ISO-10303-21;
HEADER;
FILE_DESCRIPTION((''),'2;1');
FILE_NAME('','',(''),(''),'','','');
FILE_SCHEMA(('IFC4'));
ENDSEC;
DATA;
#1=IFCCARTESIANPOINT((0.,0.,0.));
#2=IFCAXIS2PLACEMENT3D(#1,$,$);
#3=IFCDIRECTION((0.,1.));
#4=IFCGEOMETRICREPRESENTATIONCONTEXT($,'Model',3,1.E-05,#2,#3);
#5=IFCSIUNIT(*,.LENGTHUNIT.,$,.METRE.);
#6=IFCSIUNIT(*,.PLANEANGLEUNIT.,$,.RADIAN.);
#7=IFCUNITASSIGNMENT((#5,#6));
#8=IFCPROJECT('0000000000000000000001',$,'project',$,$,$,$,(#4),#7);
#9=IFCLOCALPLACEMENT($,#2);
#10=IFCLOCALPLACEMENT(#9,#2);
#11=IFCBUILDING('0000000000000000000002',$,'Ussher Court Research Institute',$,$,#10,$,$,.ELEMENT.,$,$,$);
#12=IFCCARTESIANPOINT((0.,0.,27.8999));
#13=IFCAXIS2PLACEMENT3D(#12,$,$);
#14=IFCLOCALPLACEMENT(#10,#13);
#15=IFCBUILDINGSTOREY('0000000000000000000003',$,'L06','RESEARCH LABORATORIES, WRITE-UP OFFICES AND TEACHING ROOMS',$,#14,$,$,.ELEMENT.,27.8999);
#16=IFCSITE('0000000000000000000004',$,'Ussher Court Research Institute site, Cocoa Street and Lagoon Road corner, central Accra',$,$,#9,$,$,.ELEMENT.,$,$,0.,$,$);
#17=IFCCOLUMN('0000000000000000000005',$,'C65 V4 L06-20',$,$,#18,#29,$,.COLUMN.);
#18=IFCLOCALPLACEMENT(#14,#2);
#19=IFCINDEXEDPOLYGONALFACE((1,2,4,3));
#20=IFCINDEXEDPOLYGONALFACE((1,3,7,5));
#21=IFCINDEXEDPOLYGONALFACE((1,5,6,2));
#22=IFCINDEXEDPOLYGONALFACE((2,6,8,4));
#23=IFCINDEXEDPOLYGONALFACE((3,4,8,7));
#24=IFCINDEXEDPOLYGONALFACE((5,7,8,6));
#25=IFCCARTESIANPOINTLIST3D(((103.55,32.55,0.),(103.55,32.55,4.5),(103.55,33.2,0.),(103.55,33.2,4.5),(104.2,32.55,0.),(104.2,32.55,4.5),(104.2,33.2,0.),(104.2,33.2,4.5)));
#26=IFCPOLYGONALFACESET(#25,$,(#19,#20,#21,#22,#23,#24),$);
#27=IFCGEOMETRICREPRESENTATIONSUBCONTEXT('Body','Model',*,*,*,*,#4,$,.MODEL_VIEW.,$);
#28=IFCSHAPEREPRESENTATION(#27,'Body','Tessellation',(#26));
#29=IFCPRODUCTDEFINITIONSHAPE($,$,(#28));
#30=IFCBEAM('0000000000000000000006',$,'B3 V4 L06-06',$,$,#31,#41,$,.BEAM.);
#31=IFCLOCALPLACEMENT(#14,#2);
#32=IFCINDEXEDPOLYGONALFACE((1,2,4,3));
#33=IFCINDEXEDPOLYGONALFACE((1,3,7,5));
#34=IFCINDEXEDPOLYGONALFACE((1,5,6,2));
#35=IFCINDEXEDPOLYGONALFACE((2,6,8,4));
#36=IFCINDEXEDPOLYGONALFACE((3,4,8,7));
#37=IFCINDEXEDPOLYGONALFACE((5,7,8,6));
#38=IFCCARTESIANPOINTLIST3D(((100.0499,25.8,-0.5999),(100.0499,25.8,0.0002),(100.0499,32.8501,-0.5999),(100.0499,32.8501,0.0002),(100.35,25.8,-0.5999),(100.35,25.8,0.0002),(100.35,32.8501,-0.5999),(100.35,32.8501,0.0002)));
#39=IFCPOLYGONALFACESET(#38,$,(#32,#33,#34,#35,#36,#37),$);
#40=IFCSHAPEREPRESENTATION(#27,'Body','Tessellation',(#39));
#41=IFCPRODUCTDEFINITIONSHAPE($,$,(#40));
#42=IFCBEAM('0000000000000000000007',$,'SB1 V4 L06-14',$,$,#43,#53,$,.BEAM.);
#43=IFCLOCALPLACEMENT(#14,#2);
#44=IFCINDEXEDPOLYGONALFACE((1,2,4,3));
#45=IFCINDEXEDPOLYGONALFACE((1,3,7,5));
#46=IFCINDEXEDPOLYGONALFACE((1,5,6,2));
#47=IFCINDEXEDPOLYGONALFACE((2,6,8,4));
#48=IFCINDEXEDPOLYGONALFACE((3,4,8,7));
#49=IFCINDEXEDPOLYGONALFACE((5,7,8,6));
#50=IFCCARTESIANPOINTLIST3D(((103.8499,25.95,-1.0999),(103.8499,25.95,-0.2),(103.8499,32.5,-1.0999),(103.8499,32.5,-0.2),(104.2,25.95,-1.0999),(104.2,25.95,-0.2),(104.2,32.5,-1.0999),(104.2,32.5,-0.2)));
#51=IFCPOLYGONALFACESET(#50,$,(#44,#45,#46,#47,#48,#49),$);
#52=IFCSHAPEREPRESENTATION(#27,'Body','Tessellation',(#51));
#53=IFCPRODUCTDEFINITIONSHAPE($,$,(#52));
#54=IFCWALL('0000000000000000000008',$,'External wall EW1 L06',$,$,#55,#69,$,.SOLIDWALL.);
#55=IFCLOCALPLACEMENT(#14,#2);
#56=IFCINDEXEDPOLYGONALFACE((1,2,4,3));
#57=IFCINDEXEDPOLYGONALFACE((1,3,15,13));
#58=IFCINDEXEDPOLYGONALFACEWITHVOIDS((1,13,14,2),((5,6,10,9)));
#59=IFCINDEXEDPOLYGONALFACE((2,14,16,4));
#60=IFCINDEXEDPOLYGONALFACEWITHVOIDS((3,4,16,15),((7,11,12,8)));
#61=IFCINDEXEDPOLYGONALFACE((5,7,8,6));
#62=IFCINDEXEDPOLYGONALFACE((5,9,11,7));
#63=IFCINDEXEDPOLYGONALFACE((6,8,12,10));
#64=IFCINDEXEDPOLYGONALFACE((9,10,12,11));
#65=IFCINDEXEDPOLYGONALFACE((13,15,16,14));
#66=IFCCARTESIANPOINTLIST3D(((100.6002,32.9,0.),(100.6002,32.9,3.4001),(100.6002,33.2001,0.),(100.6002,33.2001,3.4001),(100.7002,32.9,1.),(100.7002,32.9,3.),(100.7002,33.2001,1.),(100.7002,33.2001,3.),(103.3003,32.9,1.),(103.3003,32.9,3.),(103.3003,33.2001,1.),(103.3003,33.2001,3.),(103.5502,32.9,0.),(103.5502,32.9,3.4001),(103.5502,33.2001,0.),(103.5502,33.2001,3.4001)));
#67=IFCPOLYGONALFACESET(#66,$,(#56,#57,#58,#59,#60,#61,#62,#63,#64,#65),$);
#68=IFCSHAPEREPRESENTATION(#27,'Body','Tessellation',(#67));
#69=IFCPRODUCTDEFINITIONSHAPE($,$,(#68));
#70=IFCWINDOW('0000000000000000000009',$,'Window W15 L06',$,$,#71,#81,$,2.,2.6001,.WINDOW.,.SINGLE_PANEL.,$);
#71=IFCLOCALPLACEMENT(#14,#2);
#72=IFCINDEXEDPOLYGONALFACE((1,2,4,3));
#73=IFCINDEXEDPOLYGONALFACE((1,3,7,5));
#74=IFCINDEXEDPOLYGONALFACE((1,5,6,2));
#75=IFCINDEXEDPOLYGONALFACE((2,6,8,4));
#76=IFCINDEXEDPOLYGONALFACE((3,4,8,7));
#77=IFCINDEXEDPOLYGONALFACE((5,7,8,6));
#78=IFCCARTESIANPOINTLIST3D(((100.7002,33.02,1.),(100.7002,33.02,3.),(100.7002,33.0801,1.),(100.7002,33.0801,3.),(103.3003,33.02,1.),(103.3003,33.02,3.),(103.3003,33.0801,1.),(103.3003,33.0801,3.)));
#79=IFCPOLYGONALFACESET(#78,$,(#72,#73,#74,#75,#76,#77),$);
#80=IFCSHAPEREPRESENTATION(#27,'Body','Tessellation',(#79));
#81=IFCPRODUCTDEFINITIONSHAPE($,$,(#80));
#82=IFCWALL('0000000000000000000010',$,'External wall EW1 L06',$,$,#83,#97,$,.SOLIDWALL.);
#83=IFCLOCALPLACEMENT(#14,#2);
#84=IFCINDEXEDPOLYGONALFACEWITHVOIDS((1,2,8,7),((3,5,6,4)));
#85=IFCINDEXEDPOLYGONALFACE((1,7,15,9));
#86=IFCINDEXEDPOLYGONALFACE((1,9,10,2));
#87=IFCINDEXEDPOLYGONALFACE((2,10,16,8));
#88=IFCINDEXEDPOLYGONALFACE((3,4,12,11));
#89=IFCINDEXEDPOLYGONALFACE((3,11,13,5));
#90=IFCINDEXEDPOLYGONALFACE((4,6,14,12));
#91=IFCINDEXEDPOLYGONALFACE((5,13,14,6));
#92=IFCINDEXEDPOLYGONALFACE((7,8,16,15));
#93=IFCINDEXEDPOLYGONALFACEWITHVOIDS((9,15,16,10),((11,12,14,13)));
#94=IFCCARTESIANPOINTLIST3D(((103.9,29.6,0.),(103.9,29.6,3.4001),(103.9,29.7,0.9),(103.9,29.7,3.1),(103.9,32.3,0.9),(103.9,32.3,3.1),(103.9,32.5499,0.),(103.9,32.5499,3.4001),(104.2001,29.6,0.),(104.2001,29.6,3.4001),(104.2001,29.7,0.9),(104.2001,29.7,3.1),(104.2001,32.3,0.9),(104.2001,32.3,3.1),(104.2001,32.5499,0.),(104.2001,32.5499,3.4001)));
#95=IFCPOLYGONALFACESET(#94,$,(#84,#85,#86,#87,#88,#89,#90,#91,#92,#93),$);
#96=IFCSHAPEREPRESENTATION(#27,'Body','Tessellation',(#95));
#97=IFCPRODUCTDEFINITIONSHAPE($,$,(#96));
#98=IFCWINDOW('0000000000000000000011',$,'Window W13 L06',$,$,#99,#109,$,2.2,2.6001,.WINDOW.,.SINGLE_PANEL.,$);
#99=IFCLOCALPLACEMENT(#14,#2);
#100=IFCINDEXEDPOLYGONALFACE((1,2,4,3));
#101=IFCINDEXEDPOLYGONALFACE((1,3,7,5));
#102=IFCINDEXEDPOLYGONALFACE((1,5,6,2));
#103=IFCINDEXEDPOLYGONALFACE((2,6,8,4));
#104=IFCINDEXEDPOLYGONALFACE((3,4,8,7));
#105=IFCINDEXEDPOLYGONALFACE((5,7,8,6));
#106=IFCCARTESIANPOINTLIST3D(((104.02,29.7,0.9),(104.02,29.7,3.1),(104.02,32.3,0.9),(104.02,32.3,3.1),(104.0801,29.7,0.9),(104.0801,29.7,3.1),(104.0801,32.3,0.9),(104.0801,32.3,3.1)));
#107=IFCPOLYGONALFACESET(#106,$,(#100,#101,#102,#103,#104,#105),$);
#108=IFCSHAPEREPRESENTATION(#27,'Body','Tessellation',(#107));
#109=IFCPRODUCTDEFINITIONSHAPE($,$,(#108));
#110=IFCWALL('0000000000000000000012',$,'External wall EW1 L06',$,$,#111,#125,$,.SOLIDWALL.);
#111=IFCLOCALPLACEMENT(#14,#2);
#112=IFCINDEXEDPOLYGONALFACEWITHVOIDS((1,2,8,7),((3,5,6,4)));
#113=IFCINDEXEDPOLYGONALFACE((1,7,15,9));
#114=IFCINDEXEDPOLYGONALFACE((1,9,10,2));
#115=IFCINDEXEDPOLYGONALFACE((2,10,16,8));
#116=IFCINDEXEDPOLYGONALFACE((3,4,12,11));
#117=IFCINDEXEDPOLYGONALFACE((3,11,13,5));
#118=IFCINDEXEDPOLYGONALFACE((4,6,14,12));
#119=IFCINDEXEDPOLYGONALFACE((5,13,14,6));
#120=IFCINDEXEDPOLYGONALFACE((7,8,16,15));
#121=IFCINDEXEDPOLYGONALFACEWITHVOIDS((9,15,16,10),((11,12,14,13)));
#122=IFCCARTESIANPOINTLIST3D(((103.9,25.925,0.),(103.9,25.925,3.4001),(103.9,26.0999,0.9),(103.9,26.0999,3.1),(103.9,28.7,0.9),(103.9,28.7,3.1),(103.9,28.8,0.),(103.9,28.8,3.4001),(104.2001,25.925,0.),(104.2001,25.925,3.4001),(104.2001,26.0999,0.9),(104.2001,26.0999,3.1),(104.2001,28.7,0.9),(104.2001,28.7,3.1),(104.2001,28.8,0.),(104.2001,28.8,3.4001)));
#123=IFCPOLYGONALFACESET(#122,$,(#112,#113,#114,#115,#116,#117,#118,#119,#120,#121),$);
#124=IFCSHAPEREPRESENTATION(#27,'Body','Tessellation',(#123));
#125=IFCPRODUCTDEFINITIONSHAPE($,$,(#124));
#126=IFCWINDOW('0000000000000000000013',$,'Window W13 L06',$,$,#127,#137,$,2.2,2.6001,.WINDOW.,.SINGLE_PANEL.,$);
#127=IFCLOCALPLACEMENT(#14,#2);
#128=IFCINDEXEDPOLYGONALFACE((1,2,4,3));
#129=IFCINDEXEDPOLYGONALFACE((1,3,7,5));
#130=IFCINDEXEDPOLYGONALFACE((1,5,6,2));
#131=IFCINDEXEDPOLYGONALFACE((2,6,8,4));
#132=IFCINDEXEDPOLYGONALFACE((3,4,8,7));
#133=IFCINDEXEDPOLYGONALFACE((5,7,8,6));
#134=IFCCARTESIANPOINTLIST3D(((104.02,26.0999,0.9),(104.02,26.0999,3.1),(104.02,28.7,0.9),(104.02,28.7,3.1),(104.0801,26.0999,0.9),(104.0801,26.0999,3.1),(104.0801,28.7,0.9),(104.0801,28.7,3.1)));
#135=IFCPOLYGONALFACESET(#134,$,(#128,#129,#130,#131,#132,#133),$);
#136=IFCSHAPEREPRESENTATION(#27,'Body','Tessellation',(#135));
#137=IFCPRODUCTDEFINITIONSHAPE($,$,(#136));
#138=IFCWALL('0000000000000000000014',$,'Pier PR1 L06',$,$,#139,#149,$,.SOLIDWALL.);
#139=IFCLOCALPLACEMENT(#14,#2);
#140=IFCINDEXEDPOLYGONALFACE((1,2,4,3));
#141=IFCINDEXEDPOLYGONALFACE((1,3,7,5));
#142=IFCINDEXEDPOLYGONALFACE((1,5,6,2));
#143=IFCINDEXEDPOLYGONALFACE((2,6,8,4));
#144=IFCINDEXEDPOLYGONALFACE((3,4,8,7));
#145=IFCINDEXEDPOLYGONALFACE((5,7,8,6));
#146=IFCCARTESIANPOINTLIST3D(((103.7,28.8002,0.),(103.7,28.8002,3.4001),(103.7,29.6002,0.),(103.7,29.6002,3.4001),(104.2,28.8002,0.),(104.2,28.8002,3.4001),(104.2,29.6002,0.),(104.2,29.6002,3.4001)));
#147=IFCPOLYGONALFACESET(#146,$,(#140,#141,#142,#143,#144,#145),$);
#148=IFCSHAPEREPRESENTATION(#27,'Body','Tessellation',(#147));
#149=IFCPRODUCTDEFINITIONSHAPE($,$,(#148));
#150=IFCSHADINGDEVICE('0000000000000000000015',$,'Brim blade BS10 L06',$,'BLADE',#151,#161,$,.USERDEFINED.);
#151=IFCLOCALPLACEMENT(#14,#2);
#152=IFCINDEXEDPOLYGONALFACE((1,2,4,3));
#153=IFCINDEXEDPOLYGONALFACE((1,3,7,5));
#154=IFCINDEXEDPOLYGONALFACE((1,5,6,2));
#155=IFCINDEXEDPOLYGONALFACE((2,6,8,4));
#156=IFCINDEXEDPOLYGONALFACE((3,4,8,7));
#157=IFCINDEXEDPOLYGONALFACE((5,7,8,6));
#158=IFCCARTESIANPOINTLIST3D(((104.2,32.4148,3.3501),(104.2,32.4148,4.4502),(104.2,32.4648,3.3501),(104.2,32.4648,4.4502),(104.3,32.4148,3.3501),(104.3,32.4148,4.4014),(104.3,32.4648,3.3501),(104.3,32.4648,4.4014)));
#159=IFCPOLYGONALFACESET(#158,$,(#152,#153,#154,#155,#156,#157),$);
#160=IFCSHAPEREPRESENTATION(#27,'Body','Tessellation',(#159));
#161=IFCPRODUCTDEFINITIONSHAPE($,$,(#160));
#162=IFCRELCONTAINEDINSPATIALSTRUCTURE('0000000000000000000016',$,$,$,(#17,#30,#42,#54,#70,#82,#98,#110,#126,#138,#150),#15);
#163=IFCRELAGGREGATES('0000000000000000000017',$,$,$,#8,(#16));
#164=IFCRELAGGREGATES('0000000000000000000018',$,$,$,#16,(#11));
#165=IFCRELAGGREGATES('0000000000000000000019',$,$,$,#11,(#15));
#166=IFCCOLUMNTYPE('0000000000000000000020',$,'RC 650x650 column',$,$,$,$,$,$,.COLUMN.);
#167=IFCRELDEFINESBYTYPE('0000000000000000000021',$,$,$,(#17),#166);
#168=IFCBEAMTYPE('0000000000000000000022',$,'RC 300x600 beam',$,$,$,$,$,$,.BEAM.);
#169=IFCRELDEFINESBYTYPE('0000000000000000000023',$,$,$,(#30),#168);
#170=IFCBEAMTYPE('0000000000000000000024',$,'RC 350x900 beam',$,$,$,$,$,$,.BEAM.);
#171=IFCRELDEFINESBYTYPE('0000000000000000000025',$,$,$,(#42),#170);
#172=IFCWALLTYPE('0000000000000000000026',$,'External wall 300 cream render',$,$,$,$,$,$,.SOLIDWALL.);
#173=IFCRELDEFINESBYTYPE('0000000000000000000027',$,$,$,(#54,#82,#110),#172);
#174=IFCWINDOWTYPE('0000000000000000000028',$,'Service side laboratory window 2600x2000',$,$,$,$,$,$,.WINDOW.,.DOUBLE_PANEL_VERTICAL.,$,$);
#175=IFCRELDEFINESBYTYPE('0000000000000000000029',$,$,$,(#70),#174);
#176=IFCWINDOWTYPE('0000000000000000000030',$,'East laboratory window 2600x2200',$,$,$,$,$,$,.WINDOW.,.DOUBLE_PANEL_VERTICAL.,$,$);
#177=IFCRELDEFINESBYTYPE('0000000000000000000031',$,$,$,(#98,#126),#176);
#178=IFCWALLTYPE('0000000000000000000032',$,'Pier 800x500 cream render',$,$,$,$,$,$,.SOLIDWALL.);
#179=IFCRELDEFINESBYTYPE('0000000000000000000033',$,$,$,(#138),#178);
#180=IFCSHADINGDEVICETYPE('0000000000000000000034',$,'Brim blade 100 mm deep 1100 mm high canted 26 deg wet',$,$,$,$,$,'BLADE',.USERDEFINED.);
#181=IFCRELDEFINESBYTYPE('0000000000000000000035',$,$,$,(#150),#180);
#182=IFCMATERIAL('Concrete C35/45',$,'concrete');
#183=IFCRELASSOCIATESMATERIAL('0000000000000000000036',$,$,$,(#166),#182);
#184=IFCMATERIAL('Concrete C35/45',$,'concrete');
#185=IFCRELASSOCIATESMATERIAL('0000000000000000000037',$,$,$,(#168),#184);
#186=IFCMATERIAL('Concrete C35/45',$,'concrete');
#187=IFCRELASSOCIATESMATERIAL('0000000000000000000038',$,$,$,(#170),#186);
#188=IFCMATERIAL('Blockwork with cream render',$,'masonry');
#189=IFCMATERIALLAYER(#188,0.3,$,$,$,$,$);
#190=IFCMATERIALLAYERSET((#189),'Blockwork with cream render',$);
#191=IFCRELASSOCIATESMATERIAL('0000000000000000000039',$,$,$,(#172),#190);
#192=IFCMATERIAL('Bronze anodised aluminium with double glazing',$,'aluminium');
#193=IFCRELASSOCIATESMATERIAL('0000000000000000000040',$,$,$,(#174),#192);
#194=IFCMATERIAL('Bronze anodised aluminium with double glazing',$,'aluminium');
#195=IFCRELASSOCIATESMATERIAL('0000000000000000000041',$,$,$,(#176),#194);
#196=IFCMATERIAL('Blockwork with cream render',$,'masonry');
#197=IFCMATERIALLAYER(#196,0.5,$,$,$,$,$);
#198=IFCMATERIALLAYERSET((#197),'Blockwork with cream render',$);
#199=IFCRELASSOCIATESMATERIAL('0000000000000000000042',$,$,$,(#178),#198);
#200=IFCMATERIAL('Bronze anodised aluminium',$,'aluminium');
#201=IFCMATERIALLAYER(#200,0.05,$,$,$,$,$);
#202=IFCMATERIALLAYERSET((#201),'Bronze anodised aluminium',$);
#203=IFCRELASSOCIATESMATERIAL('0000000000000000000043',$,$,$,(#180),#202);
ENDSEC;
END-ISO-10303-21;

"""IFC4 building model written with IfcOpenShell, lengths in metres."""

from ifc_helpers import new_model, si_unit, direction, frame, frame_2d, origin, origin_2d, place, context, subcontext, project, spatial, polyline, rectangle, outline, extrude, material, layer, layer_set, material_profile, profile_set, type_object, element, fill, save


model = new_model("IFC4")

# Units and contexts
model_context = context("Model", 3, precision=1e-05, world=origin(), true_north=direction((0.0, 1.0)))
body_context = subcontext(model_context, "Body", "Model", "MODEL_VIEW")
ifc_project = project(units=[si_unit("LENGTHUNIT", "METRE"), si_unit("PLANEANGLEUNIT", "RADIAN")], contexts=[model_context])

# Site, building, storey
site_placement = place(None, origin())
site = spatial("IfcSite", under=ifc_project, at=site_placement, Name="Ussher Court Research Institute site, Cocoa Street and Lagoon Road corner, central Accra", CompositionType="ELEMENT", RefElevation=0.0)
building_placement = place(site_placement, origin())
building = spatial("IfcBuilding", under=site, at=building_placement, Name="Ussher Court Research Institute", CompositionType="ELEMENT")
storey_placement = place(building_placement, frame((0.0, 0.0, 27.8999)))
storey = spatial("IfcBuildingStorey", under=building, at=storey_placement, Name="L06", Description="RESEARCH LABORATORIES, WRITE-UP OFFICES AND TEACHING ROOMS", CompositionType="ELEMENT", Elevation=27.8999)

# Column
ifc_material_1 = material(Name="Concrete C35/45", Category="concrete")
ifc_material_profile_1 = material_profile(ifc_material_1, rectangle(XDim=0.6499, YDim=0.6499, at=origin_2d()), Name="RC 650x650")
ifc_profile_set_1 = profile_set([ifc_material_profile_1], Name="Concrete C35/45")
column_type = type_object("IfcColumnType", Name="RC 650x650 column", PredefinedType="COLUMN", material=ifc_profile_set_1)
column_placement = place(storey_placement, frame((103.875, 32.875, 0.0), z_axis=(0.0, 0.0, 1.0), x_axis=(1.0, 0.0, 0.0)))
element("IfcColumn", 1, at=column_placement, inside=storey, type_object=column_type, Name="C65 V4 L06-20", PredefinedType="COLUMN", context=body_context, shape_type="SweptSolid", body=[
    extrude(rectangle(XDim=0.6499, YDim=0.6499, at=origin_2d()), origin(), (0.0, 0.0, 1.0), 4.5),
])

# Beams
ifc_material_2 = material(Name="Concrete C35/45", Category="concrete")
ifc_material_profile_2 = material_profile(ifc_material_2, rectangle(XDim=0.3, YDim=0.6001, at=origin_2d()), Name="RC 300x600")
ifc_profile_set_2 = profile_set([ifc_material_profile_2], Name="Concrete C35/45")
beam_type_1 = type_object("IfcBeamType", Name="RC 300x600 beam", PredefinedType="BEAM", material=ifc_profile_set_2)
beam_1_placement = place(storey_placement, frame((100.2, 25.8, -0.2998), z_axis=(0.0, 1.0, 0.0), x_axis=(-1.0, 0.0, 0.0)))
element("IfcBeam", 2, at=beam_1_placement, inside=storey, type_object=beam_type_1, Name="B3 V4 L06-06", PredefinedType="BEAM", context=body_context, shape_type="SweptSolid", body=[
    extrude(rectangle(XDim=0.3, YDim=0.6001, at=origin_2d()), origin(), (0.0, 0.0, 1.0), 7.05),
])
ifc_material_3 = material(Name="Concrete C35/45", Category="concrete")
ifc_material_profile_3 = material_profile(ifc_material_3, rectangle(XDim=0.3501, YDim=0.8999, at=origin_2d()), Name="RC 350x900")
ifc_profile_set_3 = profile_set([ifc_material_profile_3], Name="Concrete C35/45")
beam_type_2 = type_object("IfcBeamType", Name="RC 350x900 beam", PredefinedType="BEAM", material=ifc_profile_set_3)
beam_2_placement = place(storey_placement, frame((104.0249, 25.95, -0.6499), z_axis=(0.0, 1.0, 0.0), x_axis=(-1.0, 0.0, 0.0)))
element("IfcBeam", 3, at=beam_2_placement, inside=storey, type_object=beam_type_2, Name="SB1 V4 L06-14", PredefinedType="BEAM", context=body_context, shape_type="SweptSolid", body=[
    extrude(rectangle(XDim=0.3501, YDim=0.8999, at=origin_2d()), origin(), (0.0, 0.0, 1.0), 6.55),
])

# Walls, openings, windows
ifc_material_4 = material(Name="Blockwork with cream render", Category="masonry")
ifc_layer_1 = layer(ifc_material_4, 0.3)
ifc_layer_set_1 = layer_set([ifc_layer_1], Name="Blockwork with cream render")
wall_type_1 = type_object("IfcWallType", Name="External wall 300 cream render", PredefinedType="SOLIDWALL", material=ifc_layer_set_1)
wall_1_placement = place(storey_placement, frame((100.6001, 33.05, 0.0), z_axis=(0.0, 0.0, 1.0), x_axis=(1.0, 0.0, 0.0)))
wall_1 = element("IfcWall", 4, at=wall_1_placement, inside=storey, type_object=wall_type_1, Name="External wall EW1 L06", PredefinedType="SOLIDWALL", context=body_context, shape_type="SweptSolid", body=[
    extrude(rectangle(XDim=2.95, YDim=0.3, at=frame_2d((1.4751, 0.0))), origin(), (0.0, 0.0, 1.0), 3.4001),
])
opening_1_placement = place(wall_1_placement, frame((0.1001, 0.0, 1.0)))
opening_1 = element("IfcOpeningElement", 5, at=opening_1_placement, cuts=wall_1, PredefinedType="OPENING", context=body_context, shape_type="SweptSolid", body=[
    extrude(rectangle(XDim=2.6001, YDim=2.0, at=frame_2d((1.3, 1.0))), frame((0.0, 0.1602, 0.0), z_axis=(0.0, -1.0, 0.0), x_axis=(1.0, 0.0, 0.0)), (0.0, 0.0, 1.0), 0.3201),
])
ifc_material_5 = material(Name="Bronze anodised aluminium with double glazing", Category="aluminium")
window_type_1 = type_object("IfcWindowType", Name="Service side laboratory window 2600x2000", PartitioningType="DOUBLE_PANEL_VERTICAL", PredefinedType="WINDOW", material=ifc_material_5)
window_1_placement = place(opening_1_placement, origin())
window_1 = element("IfcWindow", 6, at=window_1_placement, inside=storey, type_object=window_type_1, Name="Window W15 L06", OverallHeight=2.0, OverallWidth=2.6001, PartitioningType="SINGLE_PANEL", PredefinedType="WINDOW", context=body_context, shape_type="SweptSolid", body=[
    extrude(rectangle(XDim=2.6001, YDim=2.0, at=frame_2d((1.3, 1.0))), frame((0.0, 0.03, 0.0), z_axis=(0.0, -1.0, 0.0), x_axis=(1.0, 0.0, 0.0)), (0.0, 0.0, 1.0), 0.0601),
])
fill(opening_1, window_1)
wall_2_placement = place(storey_placement, frame((104.05, 32.55, 0.0), z_axis=(0.0, 0.0, 1.0), x_axis=(0.0, -1.0, 0.0)))
wall_2 = element("IfcWall", 7, at=wall_2_placement, inside=storey, type_object=wall_type_1, Name="External wall EW1 L06", PredefinedType="SOLIDWALL", context=body_context, shape_type="SweptSolid", body=[
    extrude(rectangle(XDim=2.95, YDim=0.3, at=frame_2d((1.4751, 0.0))), origin(), (0.0, 0.0, 1.0), 3.4001),
])
opening_2_placement = place(wall_2_placement, frame((0.25, 0.0, 0.8999)))
opening_2 = element("IfcOpeningElement", 8, at=opening_2_placement, cuts=wall_2, PredefinedType="OPENING", context=body_context, shape_type="SweptSolid", body=[
    extrude(rectangle(XDim=2.6001, YDim=2.2, at=frame_2d((1.3, 1.1001))), frame((0.0, 0.1602, 0.0), z_axis=(0.0, -1.0, 0.0), x_axis=(1.0, 0.0, 0.0)), (0.0, 0.0, 1.0), 0.3201),
])
ifc_material_6 = material(Name="Bronze anodised aluminium with double glazing", Category="aluminium")
window_type_2 = type_object("IfcWindowType", Name="East laboratory window 2600x2200", PartitioningType="DOUBLE_PANEL_VERTICAL", PredefinedType="WINDOW", material=ifc_material_6)
window_2_placement = place(opening_2_placement, origin())
window_2 = element("IfcWindow", 9, at=window_2_placement, inside=storey, type_object=window_type_2, Name="Window W13 L06", OverallHeight=2.2, OverallWidth=2.6001, PartitioningType="SINGLE_PANEL", PredefinedType="WINDOW", context=body_context, shape_type="SweptSolid", body=[
    extrude(rectangle(XDim=2.6001, YDim=2.2, at=frame_2d((1.3, 1.1001))), frame((0.0, 0.03, 0.0), z_axis=(0.0, -1.0, 0.0), x_axis=(1.0, 0.0, 0.0)), (0.0, 0.0, 1.0), 0.0601),
])
fill(opening_2, window_2)
wall_3_placement = place(storey_placement, frame((104.05, 28.8, 0.0), z_axis=(0.0, 0.0, 1.0), x_axis=(0.0, -1.0, 0.0)))
wall_3 = element("IfcWall", 10, at=wall_3_placement, inside=storey, type_object=wall_type_1, Name="External wall EW1 L06", PredefinedType="SOLIDWALL", context=body_context, shape_type="SweptSolid", body=[
    extrude(rectangle(XDim=2.875, YDim=0.3, at=frame_2d((1.4375, 0.0))), origin(), (0.0, 0.0, 1.0), 3.4001),
])
opening_3_placement = place(wall_3_placement, frame((0.1001, 0.0, 0.8999)))
opening_3 = element("IfcOpeningElement", 11, at=opening_3_placement, cuts=wall_3, PredefinedType="OPENING", context=body_context, shape_type="SweptSolid", body=[
    extrude(rectangle(XDim=2.6001, YDim=2.2, at=frame_2d((1.3, 1.1001))), frame((0.0, 0.1602, 0.0), z_axis=(0.0, -1.0, 0.0), x_axis=(1.0, 0.0, 0.0)), (0.0, 0.0, 1.0), 0.3201),
])
window_3_placement = place(opening_3_placement, origin())
window_3 = element("IfcWindow", 12, at=window_3_placement, inside=storey, type_object=window_type_2, Name="Window W13 L06", OverallHeight=2.2, OverallWidth=2.6001, PartitioningType="SINGLE_PANEL", PredefinedType="WINDOW", context=body_context, shape_type="SweptSolid", body=[
    extrude(rectangle(XDim=2.6001, YDim=2.2, at=frame_2d((1.3, 1.1001))), frame((0.0, 0.03, 0.0), z_axis=(0.0, -1.0, 0.0), x_axis=(1.0, 0.0, 0.0)), (0.0, 0.0, 1.0), 0.0601),
])
fill(opening_3, window_3)

# Wall
ifc_material_7 = material(Name="Blockwork with cream render", Category="masonry")
ifc_layer_2 = layer(ifc_material_7, 0.5)
ifc_layer_set_2 = layer_set([ifc_layer_2], Name="Blockwork with cream render")
wall_type_2 = type_object("IfcWallType", Name="Pier 800x500 cream render", PredefinedType="SOLIDWALL", material=ifc_layer_set_2)
wall_4_placement = place(storey_placement, frame((103.95, 29.6001, 0.0), z_axis=(0.0, 0.0, 1.0), x_axis=(0.0, -1.0, 0.0)))
element("IfcWall", 13, at=wall_4_placement, inside=storey, type_object=wall_type_2, Name="Pier PR1 L06", PredefinedType="SOLIDWALL", context=body_context, shape_type="SweptSolid", body=[
    extrude(rectangle(XDim=0.8, YDim=0.5, at=frame_2d((0.3999, 0.0))), origin(), (0.0, 0.0, 1.0), 3.4001),
])

# Shading device
ifc_material_8 = material(Name="Bronze anodised aluminium", Category="aluminium")
ifc_layer_3 = layer(ifc_material_8, 0.05)
ifc_layer_set_3 = layer_set([ifc_layer_3], Name="Bronze anodised aluminium")
shading_device_type_1 = type_object("IfcShadingDeviceType", Name="Brim blade 100 mm deep 1100 mm high canted 26 deg wet", ElementType="BLADE", PredefinedType="USERDEFINED", material=ifc_layer_set_3)
shading_device_1_placement = place(storey_placement, frame((104.2, 32.4399, 3.3501), z_axis=(0.0, 0.0, 1.0), x_axis=(1.0, 0.0, 0.0)))
element("IfcShadingDevice", 14, at=shading_device_1_placement, inside=storey, type_object=shading_device_type_1, Name="Brim blade BS10 L06", ObjectType="BLADE", PredefinedType="USERDEFINED", context=body_context, shape_type="SweptSolid", body=[
    extrude(outline(polyline([(0.0, 0.0), (0.1001, 0.0), (0.1001, 1.0513), (0.0, 1.1001), (0.0, 0.0)])), frame((0.0, 0.0249, 0.0), z_axis=(0.0, -1.0, 0.0), x_axis=(1.0, 0.0, 0.0)), (0.0, 0.0, 1.0), 0.05),
])

save(model, "model.ifc")
